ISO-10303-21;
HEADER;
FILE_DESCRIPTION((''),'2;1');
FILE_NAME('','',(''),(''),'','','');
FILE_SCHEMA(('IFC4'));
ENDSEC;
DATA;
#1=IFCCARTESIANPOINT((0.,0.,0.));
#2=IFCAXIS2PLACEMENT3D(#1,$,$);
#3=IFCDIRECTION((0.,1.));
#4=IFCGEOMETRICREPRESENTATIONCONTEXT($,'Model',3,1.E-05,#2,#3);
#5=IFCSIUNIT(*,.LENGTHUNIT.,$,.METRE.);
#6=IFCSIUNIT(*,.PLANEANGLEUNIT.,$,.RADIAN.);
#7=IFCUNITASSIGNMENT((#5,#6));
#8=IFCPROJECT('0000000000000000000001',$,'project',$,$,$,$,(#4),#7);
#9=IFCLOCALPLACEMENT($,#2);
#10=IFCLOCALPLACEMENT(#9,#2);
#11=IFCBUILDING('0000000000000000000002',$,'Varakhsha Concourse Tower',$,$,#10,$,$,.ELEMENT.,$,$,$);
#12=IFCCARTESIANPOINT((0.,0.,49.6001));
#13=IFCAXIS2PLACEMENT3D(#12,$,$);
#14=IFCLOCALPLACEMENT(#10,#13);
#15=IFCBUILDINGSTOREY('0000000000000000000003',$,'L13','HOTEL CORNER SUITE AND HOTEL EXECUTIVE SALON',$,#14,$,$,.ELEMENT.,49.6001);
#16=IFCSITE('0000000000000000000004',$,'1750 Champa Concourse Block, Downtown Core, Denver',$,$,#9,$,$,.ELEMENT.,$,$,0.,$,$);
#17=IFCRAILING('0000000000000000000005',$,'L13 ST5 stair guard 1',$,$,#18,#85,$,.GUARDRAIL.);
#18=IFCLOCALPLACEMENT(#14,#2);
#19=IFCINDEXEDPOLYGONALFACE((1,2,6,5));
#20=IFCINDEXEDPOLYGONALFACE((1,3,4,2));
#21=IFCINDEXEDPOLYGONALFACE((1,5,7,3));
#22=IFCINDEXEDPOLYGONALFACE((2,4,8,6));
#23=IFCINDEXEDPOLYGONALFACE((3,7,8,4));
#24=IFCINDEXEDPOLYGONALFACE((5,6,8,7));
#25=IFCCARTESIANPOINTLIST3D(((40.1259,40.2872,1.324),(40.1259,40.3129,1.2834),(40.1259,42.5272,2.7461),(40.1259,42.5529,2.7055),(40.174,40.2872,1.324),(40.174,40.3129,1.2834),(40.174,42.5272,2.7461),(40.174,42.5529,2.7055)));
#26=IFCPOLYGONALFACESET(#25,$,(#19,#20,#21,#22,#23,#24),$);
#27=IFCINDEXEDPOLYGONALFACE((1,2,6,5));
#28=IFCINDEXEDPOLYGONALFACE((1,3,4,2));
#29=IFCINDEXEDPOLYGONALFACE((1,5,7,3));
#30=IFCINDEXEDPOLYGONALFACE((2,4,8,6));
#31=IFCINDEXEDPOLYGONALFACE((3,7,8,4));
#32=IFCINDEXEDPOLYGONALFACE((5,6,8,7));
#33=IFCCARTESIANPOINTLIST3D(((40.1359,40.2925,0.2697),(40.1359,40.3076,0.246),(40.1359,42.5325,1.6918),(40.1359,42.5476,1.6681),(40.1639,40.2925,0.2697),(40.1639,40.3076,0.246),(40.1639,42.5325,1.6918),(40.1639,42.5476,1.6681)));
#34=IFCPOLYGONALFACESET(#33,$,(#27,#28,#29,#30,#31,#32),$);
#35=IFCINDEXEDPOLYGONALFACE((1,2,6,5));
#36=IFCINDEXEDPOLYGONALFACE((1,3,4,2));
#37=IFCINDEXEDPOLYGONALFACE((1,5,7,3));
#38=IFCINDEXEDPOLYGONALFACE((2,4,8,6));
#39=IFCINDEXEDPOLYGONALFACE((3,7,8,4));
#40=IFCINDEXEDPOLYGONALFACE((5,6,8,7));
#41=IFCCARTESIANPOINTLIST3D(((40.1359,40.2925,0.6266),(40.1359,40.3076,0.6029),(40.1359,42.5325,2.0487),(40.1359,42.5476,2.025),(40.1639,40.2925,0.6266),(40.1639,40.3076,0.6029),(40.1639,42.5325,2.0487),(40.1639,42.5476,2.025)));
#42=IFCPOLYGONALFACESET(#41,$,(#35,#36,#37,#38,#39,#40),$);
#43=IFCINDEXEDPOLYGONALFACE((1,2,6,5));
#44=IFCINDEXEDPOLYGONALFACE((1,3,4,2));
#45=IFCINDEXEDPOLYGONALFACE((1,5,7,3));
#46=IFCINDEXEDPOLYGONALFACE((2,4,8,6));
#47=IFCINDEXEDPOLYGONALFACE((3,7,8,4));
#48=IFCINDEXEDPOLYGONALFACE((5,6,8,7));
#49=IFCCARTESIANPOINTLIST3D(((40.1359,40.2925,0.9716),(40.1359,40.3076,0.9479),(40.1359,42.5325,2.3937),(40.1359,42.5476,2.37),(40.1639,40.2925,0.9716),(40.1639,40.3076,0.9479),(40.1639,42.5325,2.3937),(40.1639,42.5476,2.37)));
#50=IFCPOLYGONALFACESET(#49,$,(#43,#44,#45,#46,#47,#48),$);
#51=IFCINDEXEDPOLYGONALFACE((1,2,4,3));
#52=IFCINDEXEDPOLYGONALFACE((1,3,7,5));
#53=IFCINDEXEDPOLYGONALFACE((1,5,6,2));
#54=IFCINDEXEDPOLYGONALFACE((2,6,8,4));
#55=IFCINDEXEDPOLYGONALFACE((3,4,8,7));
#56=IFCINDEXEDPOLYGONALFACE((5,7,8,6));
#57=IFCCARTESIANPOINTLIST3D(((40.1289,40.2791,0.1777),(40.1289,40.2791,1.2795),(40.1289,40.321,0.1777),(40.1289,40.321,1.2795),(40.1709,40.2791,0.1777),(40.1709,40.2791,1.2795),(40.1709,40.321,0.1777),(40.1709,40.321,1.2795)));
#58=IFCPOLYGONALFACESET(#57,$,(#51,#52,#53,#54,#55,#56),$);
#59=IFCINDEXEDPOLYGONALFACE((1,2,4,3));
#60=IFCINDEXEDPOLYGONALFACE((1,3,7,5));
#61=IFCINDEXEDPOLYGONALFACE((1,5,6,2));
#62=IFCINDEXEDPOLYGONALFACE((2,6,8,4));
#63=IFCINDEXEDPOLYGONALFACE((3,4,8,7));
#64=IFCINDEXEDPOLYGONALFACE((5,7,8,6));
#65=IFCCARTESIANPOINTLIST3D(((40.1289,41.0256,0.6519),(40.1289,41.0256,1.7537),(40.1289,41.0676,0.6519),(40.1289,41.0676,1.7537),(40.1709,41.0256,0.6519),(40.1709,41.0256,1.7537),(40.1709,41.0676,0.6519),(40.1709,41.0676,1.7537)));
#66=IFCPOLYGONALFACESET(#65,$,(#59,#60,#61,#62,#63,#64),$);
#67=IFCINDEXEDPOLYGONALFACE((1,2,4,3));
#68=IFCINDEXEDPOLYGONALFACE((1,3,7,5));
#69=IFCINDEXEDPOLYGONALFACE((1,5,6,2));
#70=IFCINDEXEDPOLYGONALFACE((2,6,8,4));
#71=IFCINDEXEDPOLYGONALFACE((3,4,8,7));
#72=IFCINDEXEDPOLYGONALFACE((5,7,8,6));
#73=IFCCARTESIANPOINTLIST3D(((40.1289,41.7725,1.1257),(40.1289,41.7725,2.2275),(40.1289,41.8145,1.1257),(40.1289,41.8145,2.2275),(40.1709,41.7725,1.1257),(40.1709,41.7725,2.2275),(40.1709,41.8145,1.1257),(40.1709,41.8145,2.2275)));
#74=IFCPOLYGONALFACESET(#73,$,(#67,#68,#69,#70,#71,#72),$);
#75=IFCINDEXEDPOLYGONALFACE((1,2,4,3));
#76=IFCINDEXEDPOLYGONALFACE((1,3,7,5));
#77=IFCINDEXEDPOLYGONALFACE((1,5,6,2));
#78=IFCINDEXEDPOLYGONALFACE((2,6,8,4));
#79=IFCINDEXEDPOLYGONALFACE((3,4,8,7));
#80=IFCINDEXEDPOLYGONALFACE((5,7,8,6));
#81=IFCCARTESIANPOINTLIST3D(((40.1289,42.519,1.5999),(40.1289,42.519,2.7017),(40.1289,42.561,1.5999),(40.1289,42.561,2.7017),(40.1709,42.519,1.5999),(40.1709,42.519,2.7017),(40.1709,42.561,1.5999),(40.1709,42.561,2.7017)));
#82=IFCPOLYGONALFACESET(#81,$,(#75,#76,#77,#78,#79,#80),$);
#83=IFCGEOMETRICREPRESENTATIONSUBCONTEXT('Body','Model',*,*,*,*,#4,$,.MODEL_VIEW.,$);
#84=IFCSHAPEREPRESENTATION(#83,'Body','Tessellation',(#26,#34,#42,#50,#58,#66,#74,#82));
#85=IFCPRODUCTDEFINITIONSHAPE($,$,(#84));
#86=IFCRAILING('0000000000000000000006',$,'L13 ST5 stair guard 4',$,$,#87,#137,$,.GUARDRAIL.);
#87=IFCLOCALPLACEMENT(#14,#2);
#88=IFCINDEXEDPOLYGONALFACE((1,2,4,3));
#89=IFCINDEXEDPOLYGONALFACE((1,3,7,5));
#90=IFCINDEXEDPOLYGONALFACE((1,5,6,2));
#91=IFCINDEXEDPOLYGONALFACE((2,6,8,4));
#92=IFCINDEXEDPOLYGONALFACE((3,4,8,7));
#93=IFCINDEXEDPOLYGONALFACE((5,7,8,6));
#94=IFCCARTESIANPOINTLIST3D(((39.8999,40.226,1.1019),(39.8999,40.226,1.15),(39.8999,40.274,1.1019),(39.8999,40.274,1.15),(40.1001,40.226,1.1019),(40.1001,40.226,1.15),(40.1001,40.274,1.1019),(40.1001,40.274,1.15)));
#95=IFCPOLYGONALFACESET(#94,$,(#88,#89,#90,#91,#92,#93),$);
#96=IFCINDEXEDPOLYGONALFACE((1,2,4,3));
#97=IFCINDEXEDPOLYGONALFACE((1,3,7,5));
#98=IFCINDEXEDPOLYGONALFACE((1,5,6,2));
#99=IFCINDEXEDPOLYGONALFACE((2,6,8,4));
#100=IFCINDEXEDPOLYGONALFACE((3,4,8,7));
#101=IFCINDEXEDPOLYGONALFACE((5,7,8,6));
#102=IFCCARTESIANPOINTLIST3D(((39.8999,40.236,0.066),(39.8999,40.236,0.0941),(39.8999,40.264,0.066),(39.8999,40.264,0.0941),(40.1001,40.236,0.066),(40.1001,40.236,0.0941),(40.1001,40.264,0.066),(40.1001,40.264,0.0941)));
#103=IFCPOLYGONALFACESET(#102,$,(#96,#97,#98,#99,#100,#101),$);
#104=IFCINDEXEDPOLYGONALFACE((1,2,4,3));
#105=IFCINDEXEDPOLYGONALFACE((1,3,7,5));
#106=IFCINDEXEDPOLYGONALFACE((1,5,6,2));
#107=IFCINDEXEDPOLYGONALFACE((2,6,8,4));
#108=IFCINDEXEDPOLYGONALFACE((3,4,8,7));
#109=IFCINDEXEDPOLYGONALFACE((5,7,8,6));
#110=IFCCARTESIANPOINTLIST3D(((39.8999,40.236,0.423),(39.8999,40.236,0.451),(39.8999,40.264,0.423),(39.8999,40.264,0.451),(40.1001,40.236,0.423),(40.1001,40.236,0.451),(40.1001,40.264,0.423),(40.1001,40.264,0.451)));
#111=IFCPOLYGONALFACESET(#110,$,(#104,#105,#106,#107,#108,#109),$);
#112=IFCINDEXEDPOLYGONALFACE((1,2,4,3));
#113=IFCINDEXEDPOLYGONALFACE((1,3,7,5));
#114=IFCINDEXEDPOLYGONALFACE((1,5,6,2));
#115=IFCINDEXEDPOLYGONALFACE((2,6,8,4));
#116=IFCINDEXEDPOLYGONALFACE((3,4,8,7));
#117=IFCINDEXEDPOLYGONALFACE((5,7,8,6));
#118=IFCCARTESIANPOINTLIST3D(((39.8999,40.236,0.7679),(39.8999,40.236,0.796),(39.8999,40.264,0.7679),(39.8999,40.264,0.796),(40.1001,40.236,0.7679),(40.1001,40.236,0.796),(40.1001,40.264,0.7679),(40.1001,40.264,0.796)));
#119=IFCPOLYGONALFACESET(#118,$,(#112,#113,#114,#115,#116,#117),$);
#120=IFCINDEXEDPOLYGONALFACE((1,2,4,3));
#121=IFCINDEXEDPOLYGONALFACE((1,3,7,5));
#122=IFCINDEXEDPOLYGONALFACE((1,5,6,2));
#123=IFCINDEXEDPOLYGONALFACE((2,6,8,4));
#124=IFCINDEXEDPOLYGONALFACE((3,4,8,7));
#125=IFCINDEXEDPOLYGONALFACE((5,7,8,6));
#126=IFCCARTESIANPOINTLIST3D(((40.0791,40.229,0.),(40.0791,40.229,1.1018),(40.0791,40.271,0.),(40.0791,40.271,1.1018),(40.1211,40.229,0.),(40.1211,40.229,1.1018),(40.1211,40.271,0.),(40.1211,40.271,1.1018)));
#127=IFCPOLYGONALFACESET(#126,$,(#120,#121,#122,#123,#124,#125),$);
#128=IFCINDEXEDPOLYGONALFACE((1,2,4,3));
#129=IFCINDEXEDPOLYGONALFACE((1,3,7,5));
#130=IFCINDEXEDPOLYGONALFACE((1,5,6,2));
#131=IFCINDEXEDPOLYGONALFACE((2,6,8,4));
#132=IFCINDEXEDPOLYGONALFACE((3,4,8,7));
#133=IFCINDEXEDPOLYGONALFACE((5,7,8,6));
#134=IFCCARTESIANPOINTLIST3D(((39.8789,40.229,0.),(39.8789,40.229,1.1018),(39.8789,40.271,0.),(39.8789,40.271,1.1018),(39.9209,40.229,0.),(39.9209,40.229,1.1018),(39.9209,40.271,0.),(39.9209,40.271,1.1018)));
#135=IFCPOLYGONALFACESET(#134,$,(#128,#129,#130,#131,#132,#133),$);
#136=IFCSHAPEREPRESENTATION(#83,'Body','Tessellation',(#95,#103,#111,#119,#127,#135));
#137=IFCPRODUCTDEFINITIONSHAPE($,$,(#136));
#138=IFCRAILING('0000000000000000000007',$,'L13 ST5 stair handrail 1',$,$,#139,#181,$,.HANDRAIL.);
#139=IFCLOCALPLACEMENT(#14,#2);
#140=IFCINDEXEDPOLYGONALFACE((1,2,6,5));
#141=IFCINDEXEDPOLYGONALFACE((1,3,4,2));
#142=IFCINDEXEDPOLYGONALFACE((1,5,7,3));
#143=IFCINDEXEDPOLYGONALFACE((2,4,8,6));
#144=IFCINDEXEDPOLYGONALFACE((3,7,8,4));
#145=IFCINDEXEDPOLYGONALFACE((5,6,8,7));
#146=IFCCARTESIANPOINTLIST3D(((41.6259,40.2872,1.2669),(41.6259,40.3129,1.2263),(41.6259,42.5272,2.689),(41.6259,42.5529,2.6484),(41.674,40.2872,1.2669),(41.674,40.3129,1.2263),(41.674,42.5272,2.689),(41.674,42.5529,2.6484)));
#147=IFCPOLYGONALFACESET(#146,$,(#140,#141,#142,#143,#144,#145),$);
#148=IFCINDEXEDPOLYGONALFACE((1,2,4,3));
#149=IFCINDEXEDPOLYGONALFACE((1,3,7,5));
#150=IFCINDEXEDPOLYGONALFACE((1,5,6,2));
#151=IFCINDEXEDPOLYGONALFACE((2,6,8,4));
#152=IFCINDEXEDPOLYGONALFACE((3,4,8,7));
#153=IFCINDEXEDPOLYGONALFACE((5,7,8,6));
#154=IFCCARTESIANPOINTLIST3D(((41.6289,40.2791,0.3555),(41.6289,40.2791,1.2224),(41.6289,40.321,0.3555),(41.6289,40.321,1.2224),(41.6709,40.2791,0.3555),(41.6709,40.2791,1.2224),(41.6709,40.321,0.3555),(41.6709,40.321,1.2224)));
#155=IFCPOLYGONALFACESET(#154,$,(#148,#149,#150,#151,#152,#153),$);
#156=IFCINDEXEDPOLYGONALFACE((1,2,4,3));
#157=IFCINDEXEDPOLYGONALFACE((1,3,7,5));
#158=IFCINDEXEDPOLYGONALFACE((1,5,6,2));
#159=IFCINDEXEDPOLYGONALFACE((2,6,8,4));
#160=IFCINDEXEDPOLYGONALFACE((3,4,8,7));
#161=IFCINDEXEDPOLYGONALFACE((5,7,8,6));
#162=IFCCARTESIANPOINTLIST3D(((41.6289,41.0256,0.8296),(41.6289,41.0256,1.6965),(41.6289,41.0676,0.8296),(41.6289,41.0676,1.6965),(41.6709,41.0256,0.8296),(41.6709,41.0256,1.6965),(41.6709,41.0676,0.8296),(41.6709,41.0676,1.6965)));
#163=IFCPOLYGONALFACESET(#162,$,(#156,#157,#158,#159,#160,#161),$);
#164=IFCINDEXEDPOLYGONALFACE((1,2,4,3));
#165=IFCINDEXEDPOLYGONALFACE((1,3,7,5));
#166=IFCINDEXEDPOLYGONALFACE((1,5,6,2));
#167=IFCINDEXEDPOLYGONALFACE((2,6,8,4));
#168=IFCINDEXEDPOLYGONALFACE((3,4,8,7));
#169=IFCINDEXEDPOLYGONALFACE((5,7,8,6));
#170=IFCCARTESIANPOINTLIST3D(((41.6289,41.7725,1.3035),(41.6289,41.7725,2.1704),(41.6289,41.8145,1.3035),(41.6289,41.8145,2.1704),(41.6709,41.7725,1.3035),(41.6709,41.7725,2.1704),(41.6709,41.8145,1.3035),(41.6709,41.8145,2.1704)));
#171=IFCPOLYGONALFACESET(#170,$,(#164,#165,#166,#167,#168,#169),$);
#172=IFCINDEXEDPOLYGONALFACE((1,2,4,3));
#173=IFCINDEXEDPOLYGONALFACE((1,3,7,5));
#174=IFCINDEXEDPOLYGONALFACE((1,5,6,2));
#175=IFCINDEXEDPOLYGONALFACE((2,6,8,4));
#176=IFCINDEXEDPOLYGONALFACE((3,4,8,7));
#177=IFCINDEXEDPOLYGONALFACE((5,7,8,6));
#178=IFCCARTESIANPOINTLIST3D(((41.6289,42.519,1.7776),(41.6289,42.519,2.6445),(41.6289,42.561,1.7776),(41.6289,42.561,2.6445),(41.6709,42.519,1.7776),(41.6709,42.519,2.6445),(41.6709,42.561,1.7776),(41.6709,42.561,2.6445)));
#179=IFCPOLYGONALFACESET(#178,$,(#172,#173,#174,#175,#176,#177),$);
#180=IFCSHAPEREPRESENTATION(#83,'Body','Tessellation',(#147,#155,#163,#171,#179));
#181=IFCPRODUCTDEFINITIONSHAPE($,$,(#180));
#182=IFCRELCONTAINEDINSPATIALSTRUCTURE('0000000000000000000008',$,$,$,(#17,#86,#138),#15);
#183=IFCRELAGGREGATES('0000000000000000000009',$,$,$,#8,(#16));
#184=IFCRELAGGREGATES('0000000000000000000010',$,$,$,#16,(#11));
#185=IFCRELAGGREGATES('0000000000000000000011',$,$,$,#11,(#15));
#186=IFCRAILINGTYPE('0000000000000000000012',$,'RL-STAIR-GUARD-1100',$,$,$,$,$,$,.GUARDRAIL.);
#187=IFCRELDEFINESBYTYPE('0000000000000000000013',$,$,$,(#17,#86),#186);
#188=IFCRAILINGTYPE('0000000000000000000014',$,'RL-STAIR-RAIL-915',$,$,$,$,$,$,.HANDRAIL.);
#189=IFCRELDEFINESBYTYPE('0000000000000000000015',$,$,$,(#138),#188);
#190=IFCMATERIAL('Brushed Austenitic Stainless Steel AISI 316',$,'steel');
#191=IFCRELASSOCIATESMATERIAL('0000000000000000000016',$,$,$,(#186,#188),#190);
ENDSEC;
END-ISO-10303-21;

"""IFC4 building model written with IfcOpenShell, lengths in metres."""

from ifc_helpers import new_model, si_unit, direction, frame, origin, origin_2d, place, context, subcontext, project, spatial, rectangle, extrude, material, type_object, element, save


model = new_model("IFC4")

# Units and contexts
model_context = context("Model", 3, precision=1e-05, world=origin(), true_north=direction((0.0, 1.0)))
body_context = subcontext(model_context, "Body", "Model", "MODEL_VIEW")
ifc_project = project(units=[si_unit("LENGTHUNIT", "METRE"), si_unit("PLANEANGLEUNIT", "RADIAN")], contexts=[model_context])

# Site, building, storey
site_placement = place(None, origin())
site = spatial("IfcSite", under=ifc_project, at=site_placement, Name="1750 Champa Concourse Block, Downtown Core, Denver", CompositionType="ELEMENT", RefElevation=0.0)
building_placement = place(site_placement, origin())
building = spatial("IfcBuilding", under=site, at=building_placement, Name="Varakhsha Concourse Tower", CompositionType="ELEMENT")
storey_placement = place(building_placement, frame((0.0, 0.0, 49.6001)))
storey = spatial("IfcBuildingStorey", under=building, at=storey_placement, Name="L13", Description="HOTEL CORNER SUITE AND HOTEL EXECUTIVE SALON", CompositionType="ELEMENT", Elevation=49.6001)

# Railings
ifc_material_1 = material(Name="Brushed Austenitic Stainless Steel AISI 316", Category="steel")
railing_type_1 = type_object("IfcRailingType", Name="RL-STAIR-GUARD-1100", PredefinedType="GUARDRAIL", material=ifc_material_1)
railing_1_placement = place(storey_placement, frame((40.1499, 40.3, 0.1777)))
element("IfcRailing", 1, at=railing_1_placement, inside=storey, type_object=railing_type_1, Name="L13 ST5 stair guard 1", PredefinedType="GUARDRAIL", context=body_context, shape_type="SweptSolid", body=[
    extrude(rectangle(XDim=0.0481, YDim=0.0481, at=origin_2d()), frame((0.0, 0.0, 1.126), z_axis=(0.0, 0.844229, 0.535982), x_axis=(-1.0, 0.0, 0.0)), (0.0, 0.0, 1.0), 2.6533),
    extrude(rectangle(XDim=0.0281, YDim=0.0281, at=origin_2d()), frame((0.0, 0.0, 0.0801), z_axis=(0.0, 0.844229, 0.535982), x_axis=(-1.0, 0.0, 0.0)), (0.0, 0.0, 1.0), 2.6533),
    extrude(rectangle(XDim=0.0281, YDim=0.0281, at=origin_2d()), frame((0.0, 0.0, 0.437), z_axis=(0.0, 0.844229, 0.535982), x_axis=(-1.0, 0.0, 0.0)), (0.0, 0.0, 1.0), 2.6533),
    extrude(rectangle(XDim=0.0281, YDim=0.0281, at=origin_2d()), frame((0.0, 0.0, 0.782), z_axis=(0.0, 0.844229, 0.535982), x_axis=(-1.0, 0.0, 0.0)), (0.0, 0.0, 1.0), 2.6533),
    extrude(rectangle(XDim=0.042, YDim=0.042, at=origin_2d()), origin(), (0.0, 0.0, 1.0), 1.1018),
    extrude(rectangle(XDim=0.042, YDim=0.042, at=origin_2d()), frame((0.0, 0.7466, 0.4741)), (0.0, 0.0, 1.0), 1.1018),
    extrude(rectangle(XDim=0.042, YDim=0.042, at=origin_2d()), frame((0.0, 1.4934, 0.948)), (0.0, 0.0, 1.0), 1.1018),
    extrude(rectangle(XDim=0.042, YDim=0.042, at=origin_2d()), frame((0.0, 2.24, 1.4221)), (0.0, 0.0, 1.0), 1.1018),
])
railing_2_placement = place(storey_placement, frame((40.1001, 40.25, 0.0)))
element("IfcRailing", 2, at=railing_2_placement, inside=storey, type_object=railing_type_1, Name="L13 ST5 stair guard 4", PredefinedType="GUARDRAIL", context=body_context, shape_type="SweptSolid", body=[
    extrude(rectangle(XDim=0.0481, YDim=0.0481, at=origin_2d()), frame((0.0, 0.0, 1.126), z_axis=(-1.0, 0.0, 0.0), x_axis=(0.0, -1.0, 0.0)), (0.0, 0.0, 1.0), 0.2002),
    extrude(rectangle(XDim=0.0281, YDim=0.0281, at=origin_2d()), frame((0.0, 0.0, 0.0801), z_axis=(-1.0, 0.0, 0.0), x_axis=(0.0, -1.0, 0.0)), (0.0, 0.0, 1.0), 0.2002),
    extrude(rectangle(XDim=0.0281, YDim=0.0281, at=origin_2d()), frame((0.0, 0.0, 0.437), z_axis=(-1.0, 0.0, 0.0), x_axis=(0.0, -1.0, 0.0)), (0.0, 0.0, 1.0), 0.2002),
    extrude(rectangle(XDim=0.0281, YDim=0.0281, at=origin_2d()), frame((0.0, 0.0, 0.782), z_axis=(-1.0, 0.0, 0.0), x_axis=(0.0, -1.0, 0.0)), (0.0, 0.0, 1.0), 0.2002),
    extrude(rectangle(XDim=0.042, YDim=0.042, at=origin_2d()), origin(), (0.0, 0.0, 1.0), 1.1018),
    extrude(rectangle(XDim=0.042, YDim=0.042, at=origin_2d()), frame((-0.2002, 0.0, 0.0)), (0.0, 0.0, 1.0), 1.1018),
])
railing_type_2 = type_object("IfcRailingType", Name="RL-STAIR-RAIL-915", PredefinedType="HANDRAIL", material=ifc_material_1)
railing_3_placement = place(storey_placement, frame((41.6499, 40.3, 0.3555)))
element("IfcRailing", 3, at=railing_3_placement, inside=storey, type_object=railing_type_2, Name="L13 ST5 stair handrail 1", PredefinedType="HANDRAIL", context=body_context, shape_type="SweptSolid", body=[
    extrude(rectangle(XDim=0.0481, YDim=0.0481, at=origin_2d()), frame((0.0, 0.0, 0.8911), z_axis=(0.0, 0.844229, 0.535982), x_axis=(-1.0, 0.0, 0.0)), (0.0, 0.0, 1.0), 2.6533),
    extrude(rectangle(XDim=0.042, YDim=0.042, at=origin_2d()), origin(), (0.0, 0.0, 1.0), 0.8669),
    extrude(rectangle(XDim=0.042, YDim=0.042, at=origin_2d()), frame((0.0, 0.7466, 0.4741)), (0.0, 0.0, 1.0), 0.8669),
    extrude(rectangle(XDim=0.042, YDim=0.042, at=origin_2d()), frame((0.0, 1.4934, 0.948)), (0.0, 0.0, 1.0), 0.8669),
    extrude(rectangle(XDim=0.042, YDim=0.042, at=origin_2d()), frame((0.0, 2.24, 1.4221)), (0.0, 0.0, 1.0), 0.8669),
])

save(model, "model.ifc")
